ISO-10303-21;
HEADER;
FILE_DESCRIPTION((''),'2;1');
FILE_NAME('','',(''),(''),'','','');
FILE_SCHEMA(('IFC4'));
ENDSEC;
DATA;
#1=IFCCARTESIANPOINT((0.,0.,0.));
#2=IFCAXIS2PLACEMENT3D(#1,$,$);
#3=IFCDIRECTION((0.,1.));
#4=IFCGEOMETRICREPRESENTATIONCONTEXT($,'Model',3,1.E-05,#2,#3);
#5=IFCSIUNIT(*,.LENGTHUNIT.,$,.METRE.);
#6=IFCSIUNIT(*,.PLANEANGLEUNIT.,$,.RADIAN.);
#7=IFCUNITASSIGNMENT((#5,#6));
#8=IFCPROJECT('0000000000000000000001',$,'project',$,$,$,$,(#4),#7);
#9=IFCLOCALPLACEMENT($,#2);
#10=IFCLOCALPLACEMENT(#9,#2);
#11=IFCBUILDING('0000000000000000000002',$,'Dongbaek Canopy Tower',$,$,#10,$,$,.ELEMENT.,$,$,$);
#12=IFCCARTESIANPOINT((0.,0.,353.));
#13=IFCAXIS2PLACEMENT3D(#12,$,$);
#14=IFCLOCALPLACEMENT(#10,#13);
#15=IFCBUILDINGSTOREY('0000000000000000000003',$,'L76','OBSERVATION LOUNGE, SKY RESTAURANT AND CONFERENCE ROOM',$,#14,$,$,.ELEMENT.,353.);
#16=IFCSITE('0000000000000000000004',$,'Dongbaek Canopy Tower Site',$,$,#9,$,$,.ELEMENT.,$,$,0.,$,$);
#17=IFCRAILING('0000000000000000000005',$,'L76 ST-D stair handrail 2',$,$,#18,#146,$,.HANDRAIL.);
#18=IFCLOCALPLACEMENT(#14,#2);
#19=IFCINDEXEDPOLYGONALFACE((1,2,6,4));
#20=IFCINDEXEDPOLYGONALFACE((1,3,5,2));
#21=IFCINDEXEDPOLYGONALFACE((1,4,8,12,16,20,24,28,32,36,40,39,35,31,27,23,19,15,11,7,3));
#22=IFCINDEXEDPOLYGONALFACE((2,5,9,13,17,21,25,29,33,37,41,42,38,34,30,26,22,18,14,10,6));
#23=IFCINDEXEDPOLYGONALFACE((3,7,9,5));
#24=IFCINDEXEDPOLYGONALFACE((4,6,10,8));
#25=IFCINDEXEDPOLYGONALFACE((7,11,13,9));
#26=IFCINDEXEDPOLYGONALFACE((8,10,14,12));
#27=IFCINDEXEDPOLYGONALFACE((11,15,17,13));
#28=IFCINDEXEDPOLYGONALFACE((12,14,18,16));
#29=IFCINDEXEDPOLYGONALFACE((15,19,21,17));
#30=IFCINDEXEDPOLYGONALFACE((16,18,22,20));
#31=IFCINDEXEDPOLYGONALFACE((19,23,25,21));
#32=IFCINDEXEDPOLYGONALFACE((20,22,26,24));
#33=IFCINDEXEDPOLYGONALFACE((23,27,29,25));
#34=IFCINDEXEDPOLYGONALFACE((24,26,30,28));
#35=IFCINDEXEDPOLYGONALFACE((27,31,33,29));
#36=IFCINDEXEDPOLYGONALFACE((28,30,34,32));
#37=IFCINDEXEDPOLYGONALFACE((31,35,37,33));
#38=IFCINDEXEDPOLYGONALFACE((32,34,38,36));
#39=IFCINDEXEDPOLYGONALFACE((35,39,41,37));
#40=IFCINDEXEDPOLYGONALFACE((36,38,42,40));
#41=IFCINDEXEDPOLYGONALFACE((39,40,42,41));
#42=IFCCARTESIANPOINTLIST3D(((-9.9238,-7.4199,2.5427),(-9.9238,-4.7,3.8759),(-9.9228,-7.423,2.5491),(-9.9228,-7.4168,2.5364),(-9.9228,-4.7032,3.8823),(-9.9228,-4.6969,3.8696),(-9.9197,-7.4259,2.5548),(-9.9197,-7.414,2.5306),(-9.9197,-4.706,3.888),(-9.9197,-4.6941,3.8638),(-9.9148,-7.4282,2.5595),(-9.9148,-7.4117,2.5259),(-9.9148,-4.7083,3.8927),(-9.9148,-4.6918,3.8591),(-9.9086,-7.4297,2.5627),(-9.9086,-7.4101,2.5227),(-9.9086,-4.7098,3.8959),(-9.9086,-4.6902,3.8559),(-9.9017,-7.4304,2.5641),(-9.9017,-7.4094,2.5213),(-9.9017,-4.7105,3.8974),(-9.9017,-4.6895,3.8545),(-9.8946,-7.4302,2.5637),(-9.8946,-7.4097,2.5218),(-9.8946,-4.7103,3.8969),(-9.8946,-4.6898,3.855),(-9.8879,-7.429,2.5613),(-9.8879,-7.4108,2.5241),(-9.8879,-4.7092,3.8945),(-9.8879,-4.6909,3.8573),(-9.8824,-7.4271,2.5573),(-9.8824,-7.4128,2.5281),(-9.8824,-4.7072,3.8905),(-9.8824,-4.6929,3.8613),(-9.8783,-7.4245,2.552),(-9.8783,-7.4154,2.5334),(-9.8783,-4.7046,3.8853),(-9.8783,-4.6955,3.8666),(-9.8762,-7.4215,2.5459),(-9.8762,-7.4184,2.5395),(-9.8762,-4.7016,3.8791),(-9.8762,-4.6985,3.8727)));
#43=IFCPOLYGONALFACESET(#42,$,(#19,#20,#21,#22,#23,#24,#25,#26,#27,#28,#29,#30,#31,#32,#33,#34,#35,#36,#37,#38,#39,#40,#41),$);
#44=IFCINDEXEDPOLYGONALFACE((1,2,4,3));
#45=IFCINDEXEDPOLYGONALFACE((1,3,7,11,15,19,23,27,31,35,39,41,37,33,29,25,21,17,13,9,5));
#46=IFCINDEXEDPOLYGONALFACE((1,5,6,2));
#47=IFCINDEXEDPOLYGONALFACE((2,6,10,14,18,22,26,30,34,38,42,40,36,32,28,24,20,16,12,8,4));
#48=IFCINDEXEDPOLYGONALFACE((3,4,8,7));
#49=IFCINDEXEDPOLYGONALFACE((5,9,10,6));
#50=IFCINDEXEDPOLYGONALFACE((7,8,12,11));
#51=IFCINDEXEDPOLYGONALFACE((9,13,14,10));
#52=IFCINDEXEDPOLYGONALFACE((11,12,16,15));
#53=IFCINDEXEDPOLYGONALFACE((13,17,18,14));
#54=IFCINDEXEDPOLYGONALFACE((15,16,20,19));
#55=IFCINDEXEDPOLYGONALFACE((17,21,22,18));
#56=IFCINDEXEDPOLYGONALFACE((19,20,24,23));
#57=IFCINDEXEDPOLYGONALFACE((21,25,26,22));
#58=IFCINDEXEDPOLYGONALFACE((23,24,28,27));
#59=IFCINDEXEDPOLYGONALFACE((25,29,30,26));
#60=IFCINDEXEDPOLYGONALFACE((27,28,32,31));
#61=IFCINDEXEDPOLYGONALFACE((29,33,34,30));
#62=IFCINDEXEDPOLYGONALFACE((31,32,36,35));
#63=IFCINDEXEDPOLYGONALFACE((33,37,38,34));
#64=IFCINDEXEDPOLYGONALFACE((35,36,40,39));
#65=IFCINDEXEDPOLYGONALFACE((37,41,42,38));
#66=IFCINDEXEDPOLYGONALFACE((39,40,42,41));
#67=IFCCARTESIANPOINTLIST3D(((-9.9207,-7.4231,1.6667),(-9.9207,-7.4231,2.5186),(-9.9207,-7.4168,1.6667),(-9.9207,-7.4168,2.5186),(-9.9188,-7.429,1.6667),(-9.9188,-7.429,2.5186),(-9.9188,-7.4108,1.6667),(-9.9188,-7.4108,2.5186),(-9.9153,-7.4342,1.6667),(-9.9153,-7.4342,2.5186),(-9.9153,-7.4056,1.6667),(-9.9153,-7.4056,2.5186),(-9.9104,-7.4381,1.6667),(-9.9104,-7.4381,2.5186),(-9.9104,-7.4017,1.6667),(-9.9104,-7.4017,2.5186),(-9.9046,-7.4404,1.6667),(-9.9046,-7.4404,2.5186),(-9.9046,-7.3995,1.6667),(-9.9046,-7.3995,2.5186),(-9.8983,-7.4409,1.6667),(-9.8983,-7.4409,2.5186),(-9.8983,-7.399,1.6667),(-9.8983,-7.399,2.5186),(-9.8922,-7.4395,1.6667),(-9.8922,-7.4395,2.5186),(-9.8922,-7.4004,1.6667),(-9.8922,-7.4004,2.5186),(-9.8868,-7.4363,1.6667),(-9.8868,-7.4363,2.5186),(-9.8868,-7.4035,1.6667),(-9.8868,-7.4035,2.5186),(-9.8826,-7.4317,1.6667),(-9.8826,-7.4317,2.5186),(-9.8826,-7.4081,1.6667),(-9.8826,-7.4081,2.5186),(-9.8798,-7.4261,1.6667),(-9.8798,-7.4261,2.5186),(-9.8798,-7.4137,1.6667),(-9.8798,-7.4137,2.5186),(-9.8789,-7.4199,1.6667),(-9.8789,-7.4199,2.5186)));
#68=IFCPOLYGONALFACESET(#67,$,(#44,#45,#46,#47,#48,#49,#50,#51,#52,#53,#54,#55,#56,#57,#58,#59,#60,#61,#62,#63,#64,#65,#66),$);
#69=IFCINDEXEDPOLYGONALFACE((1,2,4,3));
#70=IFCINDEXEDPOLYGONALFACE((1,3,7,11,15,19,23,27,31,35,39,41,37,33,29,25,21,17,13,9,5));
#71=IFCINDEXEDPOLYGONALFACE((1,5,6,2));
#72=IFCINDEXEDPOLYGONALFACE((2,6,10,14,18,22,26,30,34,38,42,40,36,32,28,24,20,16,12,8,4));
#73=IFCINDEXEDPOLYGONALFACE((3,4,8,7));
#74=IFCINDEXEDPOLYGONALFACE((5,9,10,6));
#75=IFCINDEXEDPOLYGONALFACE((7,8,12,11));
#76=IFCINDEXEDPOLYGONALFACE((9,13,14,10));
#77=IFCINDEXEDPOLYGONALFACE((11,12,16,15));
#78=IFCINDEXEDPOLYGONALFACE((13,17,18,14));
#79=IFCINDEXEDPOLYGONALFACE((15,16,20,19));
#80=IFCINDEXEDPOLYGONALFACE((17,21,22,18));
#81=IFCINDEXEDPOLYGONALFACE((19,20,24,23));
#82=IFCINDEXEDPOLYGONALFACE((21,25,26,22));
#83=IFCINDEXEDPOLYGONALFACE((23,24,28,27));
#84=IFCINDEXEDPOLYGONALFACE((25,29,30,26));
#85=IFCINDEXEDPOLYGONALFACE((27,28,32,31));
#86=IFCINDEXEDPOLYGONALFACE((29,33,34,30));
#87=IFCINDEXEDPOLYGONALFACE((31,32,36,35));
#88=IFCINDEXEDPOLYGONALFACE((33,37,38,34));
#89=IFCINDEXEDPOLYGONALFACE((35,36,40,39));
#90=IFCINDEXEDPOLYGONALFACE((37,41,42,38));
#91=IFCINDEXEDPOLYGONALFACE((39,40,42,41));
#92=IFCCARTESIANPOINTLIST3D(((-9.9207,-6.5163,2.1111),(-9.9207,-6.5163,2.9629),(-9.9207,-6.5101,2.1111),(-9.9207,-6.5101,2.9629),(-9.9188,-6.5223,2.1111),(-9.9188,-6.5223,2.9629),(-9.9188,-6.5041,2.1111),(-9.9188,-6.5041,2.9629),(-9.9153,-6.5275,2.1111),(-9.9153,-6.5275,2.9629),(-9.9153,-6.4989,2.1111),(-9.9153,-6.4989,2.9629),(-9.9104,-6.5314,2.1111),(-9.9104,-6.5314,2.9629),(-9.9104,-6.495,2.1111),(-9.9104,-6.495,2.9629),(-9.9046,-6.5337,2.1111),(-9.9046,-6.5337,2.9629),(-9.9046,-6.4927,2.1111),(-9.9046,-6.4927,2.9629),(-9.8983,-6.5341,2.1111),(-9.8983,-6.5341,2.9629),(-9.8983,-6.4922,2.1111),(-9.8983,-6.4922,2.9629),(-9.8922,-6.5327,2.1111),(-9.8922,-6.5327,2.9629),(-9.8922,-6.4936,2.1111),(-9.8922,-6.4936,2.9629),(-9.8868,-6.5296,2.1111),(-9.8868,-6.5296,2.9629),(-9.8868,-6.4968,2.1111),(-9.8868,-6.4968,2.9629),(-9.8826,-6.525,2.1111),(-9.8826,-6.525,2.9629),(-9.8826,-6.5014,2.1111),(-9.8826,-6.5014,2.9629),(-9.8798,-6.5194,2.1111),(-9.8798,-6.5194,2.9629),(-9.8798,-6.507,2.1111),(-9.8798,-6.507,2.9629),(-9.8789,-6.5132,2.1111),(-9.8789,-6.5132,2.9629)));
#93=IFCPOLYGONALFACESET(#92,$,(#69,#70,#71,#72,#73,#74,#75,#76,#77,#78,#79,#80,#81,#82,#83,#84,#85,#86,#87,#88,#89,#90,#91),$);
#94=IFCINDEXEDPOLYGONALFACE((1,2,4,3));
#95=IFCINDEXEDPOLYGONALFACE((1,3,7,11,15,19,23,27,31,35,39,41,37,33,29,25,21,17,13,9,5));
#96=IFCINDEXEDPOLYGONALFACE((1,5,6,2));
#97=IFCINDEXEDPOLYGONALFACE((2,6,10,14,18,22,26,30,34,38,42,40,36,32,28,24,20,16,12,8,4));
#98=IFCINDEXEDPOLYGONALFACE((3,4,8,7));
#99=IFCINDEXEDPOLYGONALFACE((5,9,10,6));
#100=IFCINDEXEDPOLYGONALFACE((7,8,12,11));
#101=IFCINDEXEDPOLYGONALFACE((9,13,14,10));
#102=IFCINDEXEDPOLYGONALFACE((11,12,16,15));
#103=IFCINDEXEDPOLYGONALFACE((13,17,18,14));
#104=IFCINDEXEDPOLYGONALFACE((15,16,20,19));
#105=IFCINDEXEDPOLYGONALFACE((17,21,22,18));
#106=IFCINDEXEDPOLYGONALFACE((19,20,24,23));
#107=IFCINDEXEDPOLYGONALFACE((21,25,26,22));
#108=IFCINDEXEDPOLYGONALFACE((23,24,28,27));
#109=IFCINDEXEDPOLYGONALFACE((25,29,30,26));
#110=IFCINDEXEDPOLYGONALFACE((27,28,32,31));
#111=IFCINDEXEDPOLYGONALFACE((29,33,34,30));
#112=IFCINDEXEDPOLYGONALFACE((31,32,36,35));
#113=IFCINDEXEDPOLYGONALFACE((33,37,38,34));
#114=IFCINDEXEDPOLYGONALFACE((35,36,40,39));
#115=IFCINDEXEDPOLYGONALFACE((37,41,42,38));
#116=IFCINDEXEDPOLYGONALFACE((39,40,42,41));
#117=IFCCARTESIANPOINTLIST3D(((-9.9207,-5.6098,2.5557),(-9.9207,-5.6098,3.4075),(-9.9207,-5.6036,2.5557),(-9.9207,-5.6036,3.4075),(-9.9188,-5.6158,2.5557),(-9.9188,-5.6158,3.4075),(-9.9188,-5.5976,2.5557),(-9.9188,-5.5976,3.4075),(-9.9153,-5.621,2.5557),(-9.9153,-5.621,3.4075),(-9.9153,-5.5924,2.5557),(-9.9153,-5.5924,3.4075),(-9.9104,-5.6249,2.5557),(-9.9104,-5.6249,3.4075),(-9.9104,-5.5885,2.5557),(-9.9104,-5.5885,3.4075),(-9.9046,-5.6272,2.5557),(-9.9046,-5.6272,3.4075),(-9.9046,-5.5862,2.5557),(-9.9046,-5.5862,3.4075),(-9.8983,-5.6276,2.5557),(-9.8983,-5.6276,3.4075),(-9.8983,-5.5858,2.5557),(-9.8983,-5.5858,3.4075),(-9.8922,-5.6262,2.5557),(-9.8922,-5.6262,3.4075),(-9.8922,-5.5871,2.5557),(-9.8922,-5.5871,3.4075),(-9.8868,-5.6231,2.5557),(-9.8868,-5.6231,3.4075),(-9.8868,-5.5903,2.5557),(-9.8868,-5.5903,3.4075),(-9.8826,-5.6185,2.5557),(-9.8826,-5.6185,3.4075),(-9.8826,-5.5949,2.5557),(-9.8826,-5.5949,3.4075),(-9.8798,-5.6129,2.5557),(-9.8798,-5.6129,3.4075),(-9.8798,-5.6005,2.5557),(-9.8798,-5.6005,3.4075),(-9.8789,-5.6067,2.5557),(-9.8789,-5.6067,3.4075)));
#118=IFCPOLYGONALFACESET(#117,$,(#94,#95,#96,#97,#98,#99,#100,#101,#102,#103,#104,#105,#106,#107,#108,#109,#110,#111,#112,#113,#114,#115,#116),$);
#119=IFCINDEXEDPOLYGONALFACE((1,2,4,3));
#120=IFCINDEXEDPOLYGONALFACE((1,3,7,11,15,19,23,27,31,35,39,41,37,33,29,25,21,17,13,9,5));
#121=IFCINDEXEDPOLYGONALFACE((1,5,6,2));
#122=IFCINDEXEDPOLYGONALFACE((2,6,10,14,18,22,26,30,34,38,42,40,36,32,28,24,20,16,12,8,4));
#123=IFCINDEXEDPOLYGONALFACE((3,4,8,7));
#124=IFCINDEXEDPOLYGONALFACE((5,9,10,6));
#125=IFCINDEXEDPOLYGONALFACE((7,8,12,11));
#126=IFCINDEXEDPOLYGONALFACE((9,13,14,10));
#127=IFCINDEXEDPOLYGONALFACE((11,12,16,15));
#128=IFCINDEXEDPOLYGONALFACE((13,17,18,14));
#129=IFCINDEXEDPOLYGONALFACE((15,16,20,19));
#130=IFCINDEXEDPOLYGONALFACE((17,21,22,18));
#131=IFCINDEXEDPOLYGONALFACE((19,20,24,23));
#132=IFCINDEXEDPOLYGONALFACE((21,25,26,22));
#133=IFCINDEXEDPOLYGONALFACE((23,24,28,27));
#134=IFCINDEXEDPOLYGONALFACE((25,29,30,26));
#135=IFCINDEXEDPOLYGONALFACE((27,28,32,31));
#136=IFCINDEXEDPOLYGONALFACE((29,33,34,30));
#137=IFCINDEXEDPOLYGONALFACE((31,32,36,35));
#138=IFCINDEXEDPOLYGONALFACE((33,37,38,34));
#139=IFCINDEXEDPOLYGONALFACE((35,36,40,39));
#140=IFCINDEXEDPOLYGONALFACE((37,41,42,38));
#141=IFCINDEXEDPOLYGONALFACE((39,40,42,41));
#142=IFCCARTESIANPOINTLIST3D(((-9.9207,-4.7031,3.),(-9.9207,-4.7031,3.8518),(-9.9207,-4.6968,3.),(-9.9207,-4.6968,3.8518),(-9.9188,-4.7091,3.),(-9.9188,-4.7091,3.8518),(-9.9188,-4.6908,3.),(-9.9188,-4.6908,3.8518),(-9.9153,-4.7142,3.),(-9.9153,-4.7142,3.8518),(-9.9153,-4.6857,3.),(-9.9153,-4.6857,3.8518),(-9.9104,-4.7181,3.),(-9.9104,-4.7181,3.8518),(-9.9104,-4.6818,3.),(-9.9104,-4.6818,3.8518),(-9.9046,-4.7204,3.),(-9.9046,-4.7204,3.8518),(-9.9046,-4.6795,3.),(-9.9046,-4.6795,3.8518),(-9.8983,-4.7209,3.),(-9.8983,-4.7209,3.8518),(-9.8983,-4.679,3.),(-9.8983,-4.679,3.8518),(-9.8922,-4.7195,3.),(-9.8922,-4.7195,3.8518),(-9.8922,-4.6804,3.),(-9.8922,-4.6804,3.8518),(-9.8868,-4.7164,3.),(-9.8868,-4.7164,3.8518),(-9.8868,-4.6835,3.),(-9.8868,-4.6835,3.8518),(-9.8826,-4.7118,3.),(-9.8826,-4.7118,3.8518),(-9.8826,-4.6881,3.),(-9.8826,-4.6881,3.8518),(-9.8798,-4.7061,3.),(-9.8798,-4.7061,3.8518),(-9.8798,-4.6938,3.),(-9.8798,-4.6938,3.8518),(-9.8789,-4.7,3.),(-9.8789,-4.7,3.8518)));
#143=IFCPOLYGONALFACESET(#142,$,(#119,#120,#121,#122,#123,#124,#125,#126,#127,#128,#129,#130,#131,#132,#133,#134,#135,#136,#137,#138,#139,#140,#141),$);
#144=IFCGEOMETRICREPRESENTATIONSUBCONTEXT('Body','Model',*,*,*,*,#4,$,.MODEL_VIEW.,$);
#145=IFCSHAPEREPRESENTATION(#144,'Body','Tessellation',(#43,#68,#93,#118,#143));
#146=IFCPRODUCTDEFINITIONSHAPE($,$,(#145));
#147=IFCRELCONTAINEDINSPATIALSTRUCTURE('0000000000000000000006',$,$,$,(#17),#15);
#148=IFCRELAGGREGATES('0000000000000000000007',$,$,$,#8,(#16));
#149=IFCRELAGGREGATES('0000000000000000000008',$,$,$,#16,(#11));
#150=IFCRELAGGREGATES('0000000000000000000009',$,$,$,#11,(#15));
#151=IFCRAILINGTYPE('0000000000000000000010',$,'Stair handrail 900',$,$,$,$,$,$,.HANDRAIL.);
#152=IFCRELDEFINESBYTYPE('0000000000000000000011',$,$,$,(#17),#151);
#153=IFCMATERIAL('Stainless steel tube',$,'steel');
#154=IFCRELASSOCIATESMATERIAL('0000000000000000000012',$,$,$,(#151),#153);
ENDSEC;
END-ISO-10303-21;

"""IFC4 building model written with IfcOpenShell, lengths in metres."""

from ifc_helpers import new_model, si_unit, direction, frame, origin, origin_2d, place, context, subcontext, project, spatial, circle, extrude, material, type_object, element, save


model = new_model("IFC4")

# Units and contexts
model_context = context("Model", 3, precision=1e-05, world=origin(), true_north=direction((0.0, 1.0)))
body_context = subcontext(model_context, "Body", "Model", "MODEL_VIEW")
ifc_project = project(units=[si_unit("LENGTHUNIT", "METRE"), si_unit("PLANEANGLEUNIT", "RADIAN")], contexts=[model_context])

# Site, building, storey
site_placement = place(None, origin())
site = spatial("IfcSite", under=ifc_project, at=site_placement, Name="Dongbaek Canopy Tower Site", CompositionType="ELEMENT", RefElevation=0.0)
building_placement = place(site_placement, origin())
building = spatial("IfcBuilding", under=site, at=building_placement, Name="Dongbaek Canopy Tower", CompositionType="ELEMENT")
storey_placement = place(building_placement, frame((0.0, 0.0, 353.0)))
storey = spatial("IfcBuildingStorey", under=building, at=storey_placement, Name="L76", Description="OBSERVATION LOUNGE, SKY RESTAURANT AND CONFERENCE ROOM", CompositionType="ELEMENT", Elevation=353.0)

# Railing
ifc_material_1 = material(Name="Stainless steel tube", Category="steel")
railing_type_1 = type_object("IfcRailingType", Name="Stair handrail 900", PredefinedType="HANDRAIL", material=ifc_material_1)
railing_1_placement = place(storey_placement, frame((-9.8999, -7.4199, 1.6667)))
element("IfcRailing", 1, at=railing_1_placement, inside=storey, type_object=railing_type_1, Name="L76 ST-D stair handrail 2", PredefinedType="HANDRAIL", context=body_context, shape_type="SweptSolid", body=[
    extrude(circle(Radius=0.0239, at=origin_2d()), frame((0.0, 0.0, 0.876), z_axis=(0.0, 0.897929, 0.440139), x_axis=(-1.0, 0.0, 0.0)), (0.0, 0.0, 1.0), 3.0291),
    extrude(circle(Radius=0.021, at=origin_2d()), origin(), (0.0, 0.0, 1.0), 0.8518),
    extrude(circle(Radius=0.021, at=origin_2d()), frame((0.0, 0.9067, 0.4443)), (0.0, 0.0, 1.0), 0.8518),
    extrude(circle(Radius=0.021, at=origin_2d()), frame((0.0, 1.8132, 0.8889)), (0.0, 0.0, 1.0), 0.8518),
    extrude(circle(Radius=0.021, at=origin_2d()), frame((0.0, 2.72, 1.3333)), (0.0, 0.0, 1.0), 0.8518),
])

save(model, "model.ifc")
